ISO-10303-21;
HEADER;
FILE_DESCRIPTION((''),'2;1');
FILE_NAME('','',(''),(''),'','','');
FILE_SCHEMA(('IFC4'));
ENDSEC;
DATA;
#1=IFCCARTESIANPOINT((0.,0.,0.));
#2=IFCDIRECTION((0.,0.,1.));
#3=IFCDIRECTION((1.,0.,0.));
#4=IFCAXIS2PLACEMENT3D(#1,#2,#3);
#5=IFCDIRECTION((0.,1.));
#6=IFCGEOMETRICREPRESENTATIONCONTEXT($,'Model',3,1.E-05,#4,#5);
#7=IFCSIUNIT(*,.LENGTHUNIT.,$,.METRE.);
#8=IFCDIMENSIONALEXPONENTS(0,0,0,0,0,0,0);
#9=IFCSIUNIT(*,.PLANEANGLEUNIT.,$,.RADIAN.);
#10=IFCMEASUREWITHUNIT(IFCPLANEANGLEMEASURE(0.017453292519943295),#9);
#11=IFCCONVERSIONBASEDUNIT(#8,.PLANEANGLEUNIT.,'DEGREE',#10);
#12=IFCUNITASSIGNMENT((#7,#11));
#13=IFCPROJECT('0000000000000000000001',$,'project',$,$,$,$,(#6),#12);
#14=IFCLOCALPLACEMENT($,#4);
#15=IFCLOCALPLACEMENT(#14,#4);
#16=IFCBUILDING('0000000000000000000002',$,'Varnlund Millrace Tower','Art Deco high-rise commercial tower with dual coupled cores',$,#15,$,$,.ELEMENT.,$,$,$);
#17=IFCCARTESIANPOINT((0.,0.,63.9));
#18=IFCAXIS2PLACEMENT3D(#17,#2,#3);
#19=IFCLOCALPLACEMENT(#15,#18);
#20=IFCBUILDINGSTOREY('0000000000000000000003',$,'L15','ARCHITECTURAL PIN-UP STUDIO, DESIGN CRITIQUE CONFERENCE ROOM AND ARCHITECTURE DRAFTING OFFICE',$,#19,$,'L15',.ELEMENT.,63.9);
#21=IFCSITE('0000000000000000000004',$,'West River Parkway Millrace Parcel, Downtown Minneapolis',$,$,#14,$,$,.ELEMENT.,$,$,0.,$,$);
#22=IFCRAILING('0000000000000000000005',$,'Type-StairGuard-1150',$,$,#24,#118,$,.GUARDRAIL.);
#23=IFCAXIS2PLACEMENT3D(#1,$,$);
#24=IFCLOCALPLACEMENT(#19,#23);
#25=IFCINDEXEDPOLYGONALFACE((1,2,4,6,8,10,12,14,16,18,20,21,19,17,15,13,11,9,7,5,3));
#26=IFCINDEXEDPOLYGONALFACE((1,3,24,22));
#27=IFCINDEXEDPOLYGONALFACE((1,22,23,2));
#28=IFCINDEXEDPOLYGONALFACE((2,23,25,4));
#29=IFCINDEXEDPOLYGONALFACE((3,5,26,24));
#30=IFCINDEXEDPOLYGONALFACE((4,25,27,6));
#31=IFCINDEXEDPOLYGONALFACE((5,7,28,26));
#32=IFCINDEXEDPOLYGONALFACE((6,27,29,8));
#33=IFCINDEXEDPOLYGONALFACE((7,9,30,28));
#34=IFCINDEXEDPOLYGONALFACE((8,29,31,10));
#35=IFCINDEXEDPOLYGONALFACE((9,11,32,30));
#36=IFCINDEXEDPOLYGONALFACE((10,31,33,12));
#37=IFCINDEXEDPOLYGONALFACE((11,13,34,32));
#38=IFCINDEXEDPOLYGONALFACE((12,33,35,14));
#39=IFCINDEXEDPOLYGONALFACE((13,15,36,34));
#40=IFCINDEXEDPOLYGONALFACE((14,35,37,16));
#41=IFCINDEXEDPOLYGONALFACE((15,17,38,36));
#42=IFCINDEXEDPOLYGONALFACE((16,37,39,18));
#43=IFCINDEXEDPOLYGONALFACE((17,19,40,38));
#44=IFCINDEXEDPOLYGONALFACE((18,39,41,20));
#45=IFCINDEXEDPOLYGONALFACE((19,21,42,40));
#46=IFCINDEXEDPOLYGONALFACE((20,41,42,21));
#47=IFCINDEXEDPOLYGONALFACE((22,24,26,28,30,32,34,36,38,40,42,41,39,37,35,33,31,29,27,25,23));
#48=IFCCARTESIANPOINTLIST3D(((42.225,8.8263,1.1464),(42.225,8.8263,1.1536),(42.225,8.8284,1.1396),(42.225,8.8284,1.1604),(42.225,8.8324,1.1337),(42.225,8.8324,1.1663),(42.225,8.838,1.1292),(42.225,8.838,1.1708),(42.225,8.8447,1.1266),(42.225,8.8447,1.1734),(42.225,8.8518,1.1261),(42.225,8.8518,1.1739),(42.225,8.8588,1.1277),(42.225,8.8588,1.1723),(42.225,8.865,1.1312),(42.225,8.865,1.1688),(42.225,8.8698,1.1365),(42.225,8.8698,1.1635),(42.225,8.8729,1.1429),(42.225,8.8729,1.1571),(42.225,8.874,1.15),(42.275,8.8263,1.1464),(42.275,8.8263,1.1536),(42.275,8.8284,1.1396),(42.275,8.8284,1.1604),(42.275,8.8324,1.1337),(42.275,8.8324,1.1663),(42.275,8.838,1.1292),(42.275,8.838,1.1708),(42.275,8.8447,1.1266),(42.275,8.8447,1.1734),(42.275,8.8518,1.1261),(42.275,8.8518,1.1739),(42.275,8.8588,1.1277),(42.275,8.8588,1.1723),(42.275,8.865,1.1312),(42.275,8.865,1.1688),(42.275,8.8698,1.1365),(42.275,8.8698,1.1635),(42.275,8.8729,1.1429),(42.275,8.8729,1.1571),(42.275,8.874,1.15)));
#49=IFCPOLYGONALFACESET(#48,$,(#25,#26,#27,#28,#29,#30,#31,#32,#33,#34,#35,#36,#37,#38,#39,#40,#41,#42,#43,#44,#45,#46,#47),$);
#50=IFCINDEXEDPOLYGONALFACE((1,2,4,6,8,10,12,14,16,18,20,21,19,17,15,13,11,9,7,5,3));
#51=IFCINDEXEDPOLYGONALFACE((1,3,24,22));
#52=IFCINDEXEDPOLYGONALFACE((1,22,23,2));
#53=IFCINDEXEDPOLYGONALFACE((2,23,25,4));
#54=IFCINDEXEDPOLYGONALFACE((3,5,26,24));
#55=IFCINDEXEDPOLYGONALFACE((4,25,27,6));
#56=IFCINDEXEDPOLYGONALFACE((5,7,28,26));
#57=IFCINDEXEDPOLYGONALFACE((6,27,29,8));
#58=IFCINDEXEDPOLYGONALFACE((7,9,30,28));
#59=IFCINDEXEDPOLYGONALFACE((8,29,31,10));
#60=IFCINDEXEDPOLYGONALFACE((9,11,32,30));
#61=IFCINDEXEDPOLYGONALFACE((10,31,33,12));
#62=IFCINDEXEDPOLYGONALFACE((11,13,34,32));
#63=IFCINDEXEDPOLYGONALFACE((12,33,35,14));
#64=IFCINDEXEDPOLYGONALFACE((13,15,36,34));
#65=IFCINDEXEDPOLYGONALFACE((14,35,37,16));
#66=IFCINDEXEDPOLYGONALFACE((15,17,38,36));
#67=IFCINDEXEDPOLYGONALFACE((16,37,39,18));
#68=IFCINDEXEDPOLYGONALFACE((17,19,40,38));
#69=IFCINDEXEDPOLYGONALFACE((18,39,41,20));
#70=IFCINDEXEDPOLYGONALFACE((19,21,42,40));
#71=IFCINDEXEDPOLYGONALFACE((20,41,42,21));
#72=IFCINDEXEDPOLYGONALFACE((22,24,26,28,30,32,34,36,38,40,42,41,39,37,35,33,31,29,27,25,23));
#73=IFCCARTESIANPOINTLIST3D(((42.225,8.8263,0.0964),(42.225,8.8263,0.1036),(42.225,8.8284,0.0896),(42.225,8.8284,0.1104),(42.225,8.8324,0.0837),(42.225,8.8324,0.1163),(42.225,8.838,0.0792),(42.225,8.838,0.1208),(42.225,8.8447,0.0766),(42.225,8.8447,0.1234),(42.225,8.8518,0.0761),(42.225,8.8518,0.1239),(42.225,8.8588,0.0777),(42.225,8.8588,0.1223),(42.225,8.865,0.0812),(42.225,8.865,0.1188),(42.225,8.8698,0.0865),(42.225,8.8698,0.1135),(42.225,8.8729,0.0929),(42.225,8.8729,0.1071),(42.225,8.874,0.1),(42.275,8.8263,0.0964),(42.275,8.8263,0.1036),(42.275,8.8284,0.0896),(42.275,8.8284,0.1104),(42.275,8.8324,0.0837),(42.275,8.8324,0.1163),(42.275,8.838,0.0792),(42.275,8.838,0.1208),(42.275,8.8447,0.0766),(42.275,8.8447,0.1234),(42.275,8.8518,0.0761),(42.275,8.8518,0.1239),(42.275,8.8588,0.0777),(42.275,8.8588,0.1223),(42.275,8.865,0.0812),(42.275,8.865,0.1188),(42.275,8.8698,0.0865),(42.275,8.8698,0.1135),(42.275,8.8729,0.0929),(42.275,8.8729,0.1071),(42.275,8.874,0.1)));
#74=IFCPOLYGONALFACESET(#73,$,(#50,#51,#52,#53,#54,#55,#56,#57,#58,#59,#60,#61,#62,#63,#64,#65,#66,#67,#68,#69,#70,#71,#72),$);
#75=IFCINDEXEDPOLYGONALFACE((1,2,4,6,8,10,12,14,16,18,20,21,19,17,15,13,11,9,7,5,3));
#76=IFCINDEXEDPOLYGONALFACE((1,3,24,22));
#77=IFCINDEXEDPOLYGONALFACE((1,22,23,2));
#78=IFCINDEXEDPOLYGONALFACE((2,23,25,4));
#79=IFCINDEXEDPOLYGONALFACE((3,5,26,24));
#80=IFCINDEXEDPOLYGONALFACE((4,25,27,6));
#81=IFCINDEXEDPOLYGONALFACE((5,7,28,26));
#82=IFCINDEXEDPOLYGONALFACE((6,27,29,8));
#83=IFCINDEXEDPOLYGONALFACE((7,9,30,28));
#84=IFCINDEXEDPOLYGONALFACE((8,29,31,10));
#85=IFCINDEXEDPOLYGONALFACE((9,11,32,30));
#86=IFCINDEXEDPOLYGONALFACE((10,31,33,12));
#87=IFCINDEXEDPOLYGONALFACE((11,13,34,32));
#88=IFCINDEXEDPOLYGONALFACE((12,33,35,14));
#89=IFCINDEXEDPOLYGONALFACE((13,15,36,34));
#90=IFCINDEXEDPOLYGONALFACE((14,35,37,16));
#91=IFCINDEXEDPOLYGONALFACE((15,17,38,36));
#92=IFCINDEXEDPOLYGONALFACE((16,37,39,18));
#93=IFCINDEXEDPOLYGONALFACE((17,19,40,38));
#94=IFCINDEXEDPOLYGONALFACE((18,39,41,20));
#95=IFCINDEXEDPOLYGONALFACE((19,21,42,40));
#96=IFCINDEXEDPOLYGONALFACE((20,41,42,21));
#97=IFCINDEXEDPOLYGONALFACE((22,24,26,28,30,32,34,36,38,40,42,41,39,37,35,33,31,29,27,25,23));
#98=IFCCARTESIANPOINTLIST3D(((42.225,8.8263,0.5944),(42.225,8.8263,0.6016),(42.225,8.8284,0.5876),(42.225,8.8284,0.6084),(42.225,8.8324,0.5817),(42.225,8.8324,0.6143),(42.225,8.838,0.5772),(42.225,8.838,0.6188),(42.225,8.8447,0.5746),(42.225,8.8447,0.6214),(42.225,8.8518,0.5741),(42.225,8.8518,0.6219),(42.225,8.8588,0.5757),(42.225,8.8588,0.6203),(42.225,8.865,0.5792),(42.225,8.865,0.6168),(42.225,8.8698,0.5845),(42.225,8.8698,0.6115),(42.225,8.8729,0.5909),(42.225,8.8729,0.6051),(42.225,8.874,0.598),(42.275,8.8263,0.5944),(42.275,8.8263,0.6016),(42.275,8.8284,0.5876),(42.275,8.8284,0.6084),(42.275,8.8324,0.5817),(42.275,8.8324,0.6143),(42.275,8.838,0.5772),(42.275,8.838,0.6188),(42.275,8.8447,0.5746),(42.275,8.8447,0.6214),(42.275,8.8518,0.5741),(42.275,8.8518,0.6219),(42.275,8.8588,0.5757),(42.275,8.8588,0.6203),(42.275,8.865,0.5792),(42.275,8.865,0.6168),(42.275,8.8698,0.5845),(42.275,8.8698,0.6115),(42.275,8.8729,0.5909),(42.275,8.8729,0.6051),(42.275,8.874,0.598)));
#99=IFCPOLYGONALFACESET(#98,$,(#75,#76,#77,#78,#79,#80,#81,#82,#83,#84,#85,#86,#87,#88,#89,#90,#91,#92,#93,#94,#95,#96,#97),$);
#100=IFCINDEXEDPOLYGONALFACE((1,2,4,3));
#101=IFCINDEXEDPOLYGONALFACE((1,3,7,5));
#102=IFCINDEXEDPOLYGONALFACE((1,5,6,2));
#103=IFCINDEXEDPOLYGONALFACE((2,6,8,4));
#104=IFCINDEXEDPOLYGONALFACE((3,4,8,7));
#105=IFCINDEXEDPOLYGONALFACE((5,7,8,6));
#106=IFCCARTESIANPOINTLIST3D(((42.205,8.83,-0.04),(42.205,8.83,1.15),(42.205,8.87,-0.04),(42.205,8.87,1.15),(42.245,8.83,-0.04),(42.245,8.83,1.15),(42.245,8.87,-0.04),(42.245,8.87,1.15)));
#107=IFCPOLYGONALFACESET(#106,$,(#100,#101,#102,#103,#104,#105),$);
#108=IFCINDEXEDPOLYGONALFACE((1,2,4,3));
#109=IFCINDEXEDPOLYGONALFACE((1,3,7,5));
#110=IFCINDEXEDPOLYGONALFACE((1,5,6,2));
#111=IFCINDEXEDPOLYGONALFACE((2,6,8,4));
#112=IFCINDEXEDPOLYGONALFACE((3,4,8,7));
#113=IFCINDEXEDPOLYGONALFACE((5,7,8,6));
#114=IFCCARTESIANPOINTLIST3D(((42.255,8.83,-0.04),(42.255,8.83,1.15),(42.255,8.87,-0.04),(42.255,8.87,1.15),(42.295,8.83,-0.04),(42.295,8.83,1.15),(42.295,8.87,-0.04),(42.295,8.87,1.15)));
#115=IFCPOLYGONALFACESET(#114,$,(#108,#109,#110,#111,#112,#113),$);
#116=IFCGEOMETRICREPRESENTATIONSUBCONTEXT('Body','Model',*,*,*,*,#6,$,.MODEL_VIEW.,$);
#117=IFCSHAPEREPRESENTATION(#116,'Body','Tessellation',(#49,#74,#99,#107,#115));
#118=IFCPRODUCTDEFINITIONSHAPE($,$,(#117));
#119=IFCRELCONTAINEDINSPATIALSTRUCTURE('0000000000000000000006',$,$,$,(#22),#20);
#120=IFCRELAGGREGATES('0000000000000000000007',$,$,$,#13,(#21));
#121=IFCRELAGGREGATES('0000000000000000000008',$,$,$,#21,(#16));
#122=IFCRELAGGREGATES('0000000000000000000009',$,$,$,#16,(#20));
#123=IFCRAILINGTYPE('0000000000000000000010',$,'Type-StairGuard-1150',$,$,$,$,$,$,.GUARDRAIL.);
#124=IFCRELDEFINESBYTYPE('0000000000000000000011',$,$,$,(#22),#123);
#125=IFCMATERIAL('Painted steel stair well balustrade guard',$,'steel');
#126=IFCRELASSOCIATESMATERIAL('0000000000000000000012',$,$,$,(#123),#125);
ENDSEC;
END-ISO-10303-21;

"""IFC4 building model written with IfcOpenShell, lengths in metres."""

from ifc_helpers import new_model, entity, si_unit, converted_unit, direction, frame, origin_with_axes, origin_2d_with_axis, place, context, subcontext, project, spatial, rectangle, circle, extrude, material, type_object, element, save


model = new_model("IFC4")

# Units and contexts
model_context = context("Model", 3, precision=1e-05, world=origin_with_axes(), true_north=direction((0.0, 1.0)))
body_context = subcontext(model_context, "Body", "Model", "MODEL_VIEW")
ifc_project = project(units=[si_unit("LENGTHUNIT", "METRE"), converted_unit("PLANEANGLEUNIT", "DEGREE", entity("IfcPlaneAngleMeasure", 0.017453292519943295), si_unit("PLANEANGLEUNIT", "RADIAN"), dimensions=[0, 0, 0, 0, 0, 0, 0])], contexts=[model_context])

# Site, building, storey
site_placement = place(None, origin_with_axes())
site = spatial("IfcSite", under=ifc_project, at=site_placement, Name="West River Parkway Millrace Parcel, Downtown Minneapolis", CompositionType="ELEMENT", RefElevation=0.0)
building_placement = place(site_placement, origin_with_axes())
building = spatial("IfcBuilding", under=site, at=building_placement, Name="Varnlund Millrace Tower", Description="Art Deco high-rise commercial tower with dual coupled cores", CompositionType="ELEMENT")
storey_placement = place(building_placement, frame((0.0, 0.0, 63.9), z_axis=(0.0, 0.0, 1.0), x_axis=(1.0, 0.0, 0.0)))
storey = spatial("IfcBuildingStorey", under=building, at=storey_placement, Name="L15", Description="ARCHITECTURAL PIN-UP STUDIO, DESIGN CRITIQUE CONFERENCE ROOM AND ARCHITECTURE DRAFTING OFFICE", LongName="L15", CompositionType="ELEMENT", Elevation=63.9)

# Railing
ifc_material_1 = material(Name="Painted steel stair well balustrade guard", Category="steel")
railing_type_1 = type_object("IfcRailingType", Name="Type-StairGuard-1150", PredefinedType="GUARDRAIL", material=ifc_material_1)
railing_1_placement = place(storey_placement, frame((0.0, 0.0, -63.9), z_axis=(0.0, 0.0, 1.0), x_axis=(1.0, 0.0, 0.0)))
element("IfcRailing", 1, at=railing_1_placement, inside=storey, type_object=railing_type_1, Name="Type-StairGuard-1150", PredefinedType="GUARDRAIL", context=body_context, shape_type="SweptSolid", body=[
    extrude(circle(Radius=0.024, at=origin_2d_with_axis()), frame((42.225, 8.85, 65.05), z_axis=(1.0, 0.0, 0.0), x_axis=(0.0, 1.0, 0.0)), (0.0, 0.0, 1.0), 0.05),
    extrude(circle(Radius=0.024, at=origin_2d_with_axis()), frame((42.225, 8.85, 64.0), z_axis=(1.0, 0.0, 0.0), x_axis=(0.0, 1.0, 0.0)), (0.0, 0.0, 1.0), 0.05),
    extrude(circle(Radius=0.024, at=origin_2d_with_axis()), frame((42.225, 8.85, 64.498), z_axis=(1.0, 0.0, 0.0), x_axis=(0.0, 1.0, 0.0)), (0.0, 0.0, 1.0), 0.05),
    extrude(rectangle(XDim=0.04, YDim=0.04, at=origin_2d_with_axis()), frame((42.225, 8.85, 63.86), z_axis=(0.0, 0.0, 1.0), x_axis=(1.0, 0.0, 0.0)), (0.0, 0.0, 1.0), 1.19),
    extrude(rectangle(XDim=0.04, YDim=0.04, at=origin_2d_with_axis()), frame((42.275, 8.85, 63.86), z_axis=(0.0, 0.0, 1.0), x_axis=(1.0, 0.0, 0.0)), (0.0, 0.0, 1.0), 1.19),
])

save(model, "model.ifc")
